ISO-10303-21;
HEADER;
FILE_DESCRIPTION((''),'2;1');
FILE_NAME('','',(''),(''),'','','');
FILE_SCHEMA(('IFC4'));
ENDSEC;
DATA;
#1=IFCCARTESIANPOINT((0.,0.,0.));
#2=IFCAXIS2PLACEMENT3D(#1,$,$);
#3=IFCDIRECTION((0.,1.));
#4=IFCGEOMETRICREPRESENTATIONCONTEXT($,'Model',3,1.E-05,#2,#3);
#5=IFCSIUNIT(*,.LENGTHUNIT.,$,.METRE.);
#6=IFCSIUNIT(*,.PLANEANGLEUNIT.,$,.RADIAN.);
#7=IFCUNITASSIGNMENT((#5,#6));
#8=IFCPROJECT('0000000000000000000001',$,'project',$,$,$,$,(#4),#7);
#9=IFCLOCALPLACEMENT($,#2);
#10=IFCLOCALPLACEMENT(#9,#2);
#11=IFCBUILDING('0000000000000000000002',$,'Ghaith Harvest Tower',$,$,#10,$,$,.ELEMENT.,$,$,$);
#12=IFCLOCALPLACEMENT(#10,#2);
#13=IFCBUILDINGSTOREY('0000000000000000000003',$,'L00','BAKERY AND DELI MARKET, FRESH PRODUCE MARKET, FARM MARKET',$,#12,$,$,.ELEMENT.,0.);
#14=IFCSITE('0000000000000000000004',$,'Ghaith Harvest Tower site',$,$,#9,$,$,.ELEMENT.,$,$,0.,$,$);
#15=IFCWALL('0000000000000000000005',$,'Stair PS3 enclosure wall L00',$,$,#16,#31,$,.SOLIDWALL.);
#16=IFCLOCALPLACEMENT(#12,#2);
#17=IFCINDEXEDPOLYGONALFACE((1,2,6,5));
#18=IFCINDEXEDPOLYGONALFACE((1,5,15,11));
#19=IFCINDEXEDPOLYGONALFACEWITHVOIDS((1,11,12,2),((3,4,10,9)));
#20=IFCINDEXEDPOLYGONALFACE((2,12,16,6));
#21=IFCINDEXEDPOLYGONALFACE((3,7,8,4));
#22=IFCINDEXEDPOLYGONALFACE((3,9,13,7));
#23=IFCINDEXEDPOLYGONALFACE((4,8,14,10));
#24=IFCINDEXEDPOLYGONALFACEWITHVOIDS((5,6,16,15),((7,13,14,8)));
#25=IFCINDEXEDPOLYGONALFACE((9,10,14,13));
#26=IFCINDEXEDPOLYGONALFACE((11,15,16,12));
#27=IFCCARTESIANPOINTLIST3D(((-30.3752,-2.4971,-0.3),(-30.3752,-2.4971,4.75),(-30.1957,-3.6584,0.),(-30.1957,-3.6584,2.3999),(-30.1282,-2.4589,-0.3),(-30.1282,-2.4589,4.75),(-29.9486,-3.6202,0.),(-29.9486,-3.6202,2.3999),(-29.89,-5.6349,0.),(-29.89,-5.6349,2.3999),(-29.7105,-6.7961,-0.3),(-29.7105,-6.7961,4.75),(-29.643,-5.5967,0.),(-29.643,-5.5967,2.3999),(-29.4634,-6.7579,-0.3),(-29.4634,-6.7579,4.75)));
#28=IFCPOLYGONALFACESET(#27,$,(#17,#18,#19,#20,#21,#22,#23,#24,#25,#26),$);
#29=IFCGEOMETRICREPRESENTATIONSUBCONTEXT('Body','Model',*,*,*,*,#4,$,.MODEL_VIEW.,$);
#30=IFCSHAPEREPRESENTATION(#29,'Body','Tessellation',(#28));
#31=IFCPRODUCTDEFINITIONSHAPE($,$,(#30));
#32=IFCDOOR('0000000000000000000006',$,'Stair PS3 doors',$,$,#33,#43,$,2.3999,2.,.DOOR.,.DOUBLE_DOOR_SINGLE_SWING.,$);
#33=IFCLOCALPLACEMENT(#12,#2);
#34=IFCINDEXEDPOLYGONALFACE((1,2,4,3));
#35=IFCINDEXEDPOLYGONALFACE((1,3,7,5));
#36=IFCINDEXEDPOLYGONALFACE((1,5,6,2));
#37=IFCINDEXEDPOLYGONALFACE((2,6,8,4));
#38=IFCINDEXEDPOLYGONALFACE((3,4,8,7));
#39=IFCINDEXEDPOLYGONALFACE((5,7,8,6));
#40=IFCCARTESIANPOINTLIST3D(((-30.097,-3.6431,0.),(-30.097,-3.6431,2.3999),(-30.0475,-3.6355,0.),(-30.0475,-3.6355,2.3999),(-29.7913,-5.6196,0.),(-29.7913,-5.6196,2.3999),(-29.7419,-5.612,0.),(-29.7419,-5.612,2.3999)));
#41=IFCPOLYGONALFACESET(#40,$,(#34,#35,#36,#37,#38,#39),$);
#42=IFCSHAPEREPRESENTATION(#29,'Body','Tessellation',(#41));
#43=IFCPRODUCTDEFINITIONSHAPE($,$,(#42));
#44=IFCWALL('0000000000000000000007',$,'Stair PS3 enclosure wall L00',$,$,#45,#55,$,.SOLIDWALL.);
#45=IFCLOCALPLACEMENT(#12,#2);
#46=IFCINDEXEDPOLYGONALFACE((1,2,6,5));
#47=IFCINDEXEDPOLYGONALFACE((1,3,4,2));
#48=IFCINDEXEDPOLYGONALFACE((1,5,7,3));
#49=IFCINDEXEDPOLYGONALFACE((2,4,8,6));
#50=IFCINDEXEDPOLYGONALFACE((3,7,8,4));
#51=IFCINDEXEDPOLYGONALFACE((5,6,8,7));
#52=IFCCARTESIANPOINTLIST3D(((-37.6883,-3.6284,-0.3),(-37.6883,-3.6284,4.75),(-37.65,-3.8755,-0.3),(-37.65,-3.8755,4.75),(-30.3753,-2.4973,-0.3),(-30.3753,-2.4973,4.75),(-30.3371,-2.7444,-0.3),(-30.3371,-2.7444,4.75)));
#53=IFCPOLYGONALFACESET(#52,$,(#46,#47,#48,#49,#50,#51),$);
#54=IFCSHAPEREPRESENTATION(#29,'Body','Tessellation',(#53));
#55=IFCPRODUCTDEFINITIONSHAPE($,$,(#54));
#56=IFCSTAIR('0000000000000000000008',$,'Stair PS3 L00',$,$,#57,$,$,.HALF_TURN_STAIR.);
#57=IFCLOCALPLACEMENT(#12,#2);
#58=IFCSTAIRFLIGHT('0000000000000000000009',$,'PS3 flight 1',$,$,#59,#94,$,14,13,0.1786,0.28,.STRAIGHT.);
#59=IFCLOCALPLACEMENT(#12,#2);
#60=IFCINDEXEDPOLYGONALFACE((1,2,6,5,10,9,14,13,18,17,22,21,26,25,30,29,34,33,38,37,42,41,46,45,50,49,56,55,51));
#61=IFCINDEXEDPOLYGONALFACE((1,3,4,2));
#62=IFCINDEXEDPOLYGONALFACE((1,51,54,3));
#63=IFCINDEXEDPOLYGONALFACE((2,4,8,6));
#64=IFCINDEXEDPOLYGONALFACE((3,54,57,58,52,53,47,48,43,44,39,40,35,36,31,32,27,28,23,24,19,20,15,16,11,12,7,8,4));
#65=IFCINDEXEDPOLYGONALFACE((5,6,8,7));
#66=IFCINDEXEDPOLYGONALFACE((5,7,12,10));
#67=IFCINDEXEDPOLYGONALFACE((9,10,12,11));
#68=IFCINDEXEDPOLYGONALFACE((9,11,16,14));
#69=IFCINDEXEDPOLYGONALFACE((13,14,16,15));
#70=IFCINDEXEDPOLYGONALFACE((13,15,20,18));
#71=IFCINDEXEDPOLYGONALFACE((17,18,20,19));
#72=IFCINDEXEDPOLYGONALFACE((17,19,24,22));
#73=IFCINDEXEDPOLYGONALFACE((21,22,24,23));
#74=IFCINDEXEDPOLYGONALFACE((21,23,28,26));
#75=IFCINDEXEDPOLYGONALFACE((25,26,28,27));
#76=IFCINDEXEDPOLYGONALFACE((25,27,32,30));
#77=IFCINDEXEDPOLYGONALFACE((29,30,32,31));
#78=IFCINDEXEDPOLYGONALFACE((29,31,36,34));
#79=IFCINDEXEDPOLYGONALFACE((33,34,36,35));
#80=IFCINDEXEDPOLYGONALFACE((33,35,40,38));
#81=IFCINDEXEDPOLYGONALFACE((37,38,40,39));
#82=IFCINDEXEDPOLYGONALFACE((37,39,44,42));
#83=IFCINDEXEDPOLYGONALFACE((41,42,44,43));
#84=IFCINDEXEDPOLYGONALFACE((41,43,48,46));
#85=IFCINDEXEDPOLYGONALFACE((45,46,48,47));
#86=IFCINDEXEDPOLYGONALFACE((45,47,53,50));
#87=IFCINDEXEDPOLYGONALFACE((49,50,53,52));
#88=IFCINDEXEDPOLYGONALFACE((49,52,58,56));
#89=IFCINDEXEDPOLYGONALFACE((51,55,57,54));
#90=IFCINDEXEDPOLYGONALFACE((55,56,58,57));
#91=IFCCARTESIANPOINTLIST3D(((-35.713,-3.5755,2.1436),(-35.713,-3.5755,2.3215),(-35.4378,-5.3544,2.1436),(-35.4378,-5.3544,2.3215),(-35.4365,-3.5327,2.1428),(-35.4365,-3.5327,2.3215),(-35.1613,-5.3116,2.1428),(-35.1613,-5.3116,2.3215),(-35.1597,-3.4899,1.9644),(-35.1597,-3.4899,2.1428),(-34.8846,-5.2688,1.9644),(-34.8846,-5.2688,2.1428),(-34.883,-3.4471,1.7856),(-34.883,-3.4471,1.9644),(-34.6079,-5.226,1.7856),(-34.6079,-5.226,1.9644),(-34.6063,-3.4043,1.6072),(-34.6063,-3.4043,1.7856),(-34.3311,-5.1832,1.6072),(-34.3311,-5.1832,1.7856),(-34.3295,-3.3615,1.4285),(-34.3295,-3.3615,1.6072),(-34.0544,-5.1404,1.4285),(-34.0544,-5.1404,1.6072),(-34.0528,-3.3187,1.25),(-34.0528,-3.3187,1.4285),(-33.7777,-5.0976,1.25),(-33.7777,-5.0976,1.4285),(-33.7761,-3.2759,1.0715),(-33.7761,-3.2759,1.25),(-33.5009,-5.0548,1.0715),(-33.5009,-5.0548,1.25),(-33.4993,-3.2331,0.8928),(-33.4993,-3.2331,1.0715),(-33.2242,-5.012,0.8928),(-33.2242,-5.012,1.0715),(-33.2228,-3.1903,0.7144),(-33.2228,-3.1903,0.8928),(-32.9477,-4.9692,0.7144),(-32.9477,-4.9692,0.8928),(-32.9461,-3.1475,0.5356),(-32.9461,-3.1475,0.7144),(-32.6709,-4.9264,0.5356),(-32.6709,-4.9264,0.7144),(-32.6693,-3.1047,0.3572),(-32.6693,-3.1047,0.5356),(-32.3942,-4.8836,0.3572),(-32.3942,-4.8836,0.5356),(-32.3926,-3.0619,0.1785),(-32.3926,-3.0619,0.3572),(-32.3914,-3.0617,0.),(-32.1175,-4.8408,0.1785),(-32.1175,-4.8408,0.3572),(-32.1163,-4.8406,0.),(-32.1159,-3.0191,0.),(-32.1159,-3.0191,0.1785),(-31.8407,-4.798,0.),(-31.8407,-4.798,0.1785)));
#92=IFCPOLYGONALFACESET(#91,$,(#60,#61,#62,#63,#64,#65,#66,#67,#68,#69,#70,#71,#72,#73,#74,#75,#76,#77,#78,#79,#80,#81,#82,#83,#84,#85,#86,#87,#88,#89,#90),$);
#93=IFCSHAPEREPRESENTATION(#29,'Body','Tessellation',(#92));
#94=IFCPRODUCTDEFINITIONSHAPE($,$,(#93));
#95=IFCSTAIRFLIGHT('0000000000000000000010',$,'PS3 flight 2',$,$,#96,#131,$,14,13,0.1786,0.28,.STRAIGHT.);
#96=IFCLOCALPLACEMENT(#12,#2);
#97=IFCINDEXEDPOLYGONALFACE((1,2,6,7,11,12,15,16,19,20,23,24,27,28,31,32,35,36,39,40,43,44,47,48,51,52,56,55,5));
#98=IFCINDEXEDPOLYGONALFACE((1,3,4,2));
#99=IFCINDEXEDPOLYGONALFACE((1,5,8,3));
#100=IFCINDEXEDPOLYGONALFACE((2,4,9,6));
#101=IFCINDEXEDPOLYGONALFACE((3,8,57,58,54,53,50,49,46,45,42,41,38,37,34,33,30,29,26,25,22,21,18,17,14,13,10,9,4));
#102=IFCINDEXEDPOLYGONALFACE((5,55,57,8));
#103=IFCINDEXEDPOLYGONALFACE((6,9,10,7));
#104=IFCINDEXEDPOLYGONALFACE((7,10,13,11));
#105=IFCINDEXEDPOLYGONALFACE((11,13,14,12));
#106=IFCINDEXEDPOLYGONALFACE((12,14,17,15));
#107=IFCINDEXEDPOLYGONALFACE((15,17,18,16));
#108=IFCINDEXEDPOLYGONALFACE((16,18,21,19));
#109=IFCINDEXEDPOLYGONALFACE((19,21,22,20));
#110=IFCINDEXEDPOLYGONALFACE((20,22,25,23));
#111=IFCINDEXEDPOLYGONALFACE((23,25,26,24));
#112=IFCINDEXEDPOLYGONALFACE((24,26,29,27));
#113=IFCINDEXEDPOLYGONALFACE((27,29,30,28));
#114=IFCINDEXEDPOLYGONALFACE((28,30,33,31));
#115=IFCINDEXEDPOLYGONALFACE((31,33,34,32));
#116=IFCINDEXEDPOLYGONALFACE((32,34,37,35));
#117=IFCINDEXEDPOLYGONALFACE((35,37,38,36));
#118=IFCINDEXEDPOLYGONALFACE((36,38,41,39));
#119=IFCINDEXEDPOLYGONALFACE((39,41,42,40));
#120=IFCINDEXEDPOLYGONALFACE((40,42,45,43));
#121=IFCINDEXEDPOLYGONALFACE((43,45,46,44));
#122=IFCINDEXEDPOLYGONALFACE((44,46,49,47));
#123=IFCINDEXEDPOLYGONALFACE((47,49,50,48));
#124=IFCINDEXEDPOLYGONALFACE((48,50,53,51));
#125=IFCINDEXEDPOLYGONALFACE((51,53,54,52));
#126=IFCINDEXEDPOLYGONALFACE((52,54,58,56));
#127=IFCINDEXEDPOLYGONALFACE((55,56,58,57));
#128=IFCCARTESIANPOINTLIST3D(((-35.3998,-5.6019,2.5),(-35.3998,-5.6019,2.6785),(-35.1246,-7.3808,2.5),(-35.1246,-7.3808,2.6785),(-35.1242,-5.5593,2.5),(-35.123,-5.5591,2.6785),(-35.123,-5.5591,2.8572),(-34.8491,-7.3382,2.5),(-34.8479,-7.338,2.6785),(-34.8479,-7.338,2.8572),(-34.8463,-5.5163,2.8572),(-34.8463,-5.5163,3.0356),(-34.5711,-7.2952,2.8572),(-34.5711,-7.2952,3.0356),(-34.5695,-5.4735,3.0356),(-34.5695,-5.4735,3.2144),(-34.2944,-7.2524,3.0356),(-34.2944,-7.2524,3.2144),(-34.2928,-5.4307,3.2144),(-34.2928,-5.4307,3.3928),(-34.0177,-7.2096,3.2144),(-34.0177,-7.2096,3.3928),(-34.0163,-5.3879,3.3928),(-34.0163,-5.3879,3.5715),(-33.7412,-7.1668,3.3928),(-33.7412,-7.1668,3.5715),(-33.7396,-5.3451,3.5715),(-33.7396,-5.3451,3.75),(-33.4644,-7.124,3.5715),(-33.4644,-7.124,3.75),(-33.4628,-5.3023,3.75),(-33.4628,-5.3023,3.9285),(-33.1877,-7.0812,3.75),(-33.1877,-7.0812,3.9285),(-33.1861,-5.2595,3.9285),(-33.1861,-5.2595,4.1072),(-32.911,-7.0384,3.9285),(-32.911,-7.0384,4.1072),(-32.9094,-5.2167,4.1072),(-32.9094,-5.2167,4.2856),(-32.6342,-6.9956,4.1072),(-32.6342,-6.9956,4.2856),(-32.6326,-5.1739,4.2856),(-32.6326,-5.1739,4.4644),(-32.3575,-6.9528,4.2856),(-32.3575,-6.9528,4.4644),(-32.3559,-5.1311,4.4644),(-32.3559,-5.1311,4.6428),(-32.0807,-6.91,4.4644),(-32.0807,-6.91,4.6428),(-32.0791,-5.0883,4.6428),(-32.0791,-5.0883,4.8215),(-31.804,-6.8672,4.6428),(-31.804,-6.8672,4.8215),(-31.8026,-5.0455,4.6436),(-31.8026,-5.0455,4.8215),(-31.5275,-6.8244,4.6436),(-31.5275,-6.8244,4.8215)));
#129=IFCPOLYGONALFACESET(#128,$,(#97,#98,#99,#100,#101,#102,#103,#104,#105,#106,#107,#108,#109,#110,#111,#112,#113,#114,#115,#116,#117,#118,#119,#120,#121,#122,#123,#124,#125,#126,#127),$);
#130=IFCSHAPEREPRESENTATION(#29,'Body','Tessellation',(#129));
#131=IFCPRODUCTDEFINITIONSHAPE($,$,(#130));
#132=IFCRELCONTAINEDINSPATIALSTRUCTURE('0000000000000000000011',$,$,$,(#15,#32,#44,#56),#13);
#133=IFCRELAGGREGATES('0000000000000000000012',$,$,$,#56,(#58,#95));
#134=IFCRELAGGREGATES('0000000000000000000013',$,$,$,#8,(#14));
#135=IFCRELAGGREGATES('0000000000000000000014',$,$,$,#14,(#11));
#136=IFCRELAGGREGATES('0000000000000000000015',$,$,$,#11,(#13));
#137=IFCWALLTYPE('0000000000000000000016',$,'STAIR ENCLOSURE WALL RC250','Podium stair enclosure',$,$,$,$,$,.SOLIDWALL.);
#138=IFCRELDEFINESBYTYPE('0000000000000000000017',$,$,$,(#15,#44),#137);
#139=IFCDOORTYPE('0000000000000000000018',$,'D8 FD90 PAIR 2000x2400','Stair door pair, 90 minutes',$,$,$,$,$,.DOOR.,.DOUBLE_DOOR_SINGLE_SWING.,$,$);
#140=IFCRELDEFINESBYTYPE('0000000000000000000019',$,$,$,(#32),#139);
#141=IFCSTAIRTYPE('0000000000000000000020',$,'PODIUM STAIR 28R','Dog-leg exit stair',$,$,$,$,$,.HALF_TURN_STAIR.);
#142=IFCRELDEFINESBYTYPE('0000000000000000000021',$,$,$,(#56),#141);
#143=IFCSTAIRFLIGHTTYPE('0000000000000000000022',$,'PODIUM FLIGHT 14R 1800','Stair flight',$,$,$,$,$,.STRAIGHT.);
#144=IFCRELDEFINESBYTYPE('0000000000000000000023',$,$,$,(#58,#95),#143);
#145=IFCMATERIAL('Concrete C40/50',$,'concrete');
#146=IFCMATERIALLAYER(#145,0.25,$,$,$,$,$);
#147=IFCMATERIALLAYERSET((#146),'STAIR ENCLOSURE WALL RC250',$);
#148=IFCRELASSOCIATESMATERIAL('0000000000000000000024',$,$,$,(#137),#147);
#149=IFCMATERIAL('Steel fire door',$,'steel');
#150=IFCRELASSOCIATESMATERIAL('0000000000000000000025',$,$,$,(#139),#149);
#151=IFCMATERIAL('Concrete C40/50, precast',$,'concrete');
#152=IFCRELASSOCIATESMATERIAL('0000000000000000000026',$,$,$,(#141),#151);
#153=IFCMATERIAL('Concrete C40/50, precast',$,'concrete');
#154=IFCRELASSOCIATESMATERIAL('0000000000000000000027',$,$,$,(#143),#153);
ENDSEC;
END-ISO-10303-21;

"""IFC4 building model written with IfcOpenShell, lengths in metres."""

from ifc_helpers import new_model, si_unit, direction, frame, frame_2d, origin, place, context, subcontext, project, spatial, polyline, rectangle, outline, extrude, material, layer, layer_set, type_object, element, fill, aggregate, save


model = new_model("IFC4")

# Units and contexts
model_context = context("Model", 3, precision=1e-05, world=origin(), true_north=direction((0.0, 1.0)))
body_context = subcontext(model_context, "Body", "Model", "MODEL_VIEW")
ifc_project = project(units=[si_unit("LENGTHUNIT", "METRE"), si_unit("PLANEANGLEUNIT", "RADIAN")], contexts=[model_context])

# Site, building, storey
site_placement = place(None, origin())
site = spatial("IfcSite", under=ifc_project, at=site_placement, Name="Ghaith Harvest Tower site", CompositionType="ELEMENT", RefElevation=0.0)
building_placement = place(site_placement, origin())
building = spatial("IfcBuilding", under=site, at=building_placement, Name="Ghaith Harvest Tower", CompositionType="ELEMENT")
storey_placement = place(building_placement, origin())
storey = spatial("IfcBuildingStorey", under=building, at=storey_placement, Name="L00", Description="BAKERY AND DELI MARKET, FRESH PRODUCE MARKET, FARM MARKET", CompositionType="ELEMENT", Elevation=0.0)

# Wall, opening, door
ifc_material_1 = material(Name="Concrete C40/50", Category="concrete")
ifc_layer_1 = layer(ifc_material_1, 0.25)
ifc_layer_set_1 = layer_set([ifc_layer_1], Name="STAIR ENCLOSURE WALL RC250")
wall_type = type_object("IfcWallType", Name="STAIR ENCLOSURE WALL RC250", Description="Podium stair enclosure", PredefinedType="SOLIDWALL", material=ifc_layer_set_1)
wall_1_placement = place(storey_placement, frame((-30.2517, -2.478, -0.3), z_axis=(0.0, 0.0, 1.0), x_axis=(0.15282, -0.988254, 0.0)))
wall_1 = element("IfcWall", 1, at=wall_1_placement, inside=storey, type_object=wall_type, Name="Stair PS3 enclosure wall L00", PredefinedType="SOLIDWALL", context=body_context, shape_type="SweptSolid", body=[
    extrude(rectangle(XDim=4.3501, YDim=0.25, at=frame_2d((2.175, 0.0))), origin(), (0.0, 0.0, 1.0), 5.05),
])
opening_placement = place(wall_1_placement, frame((1.175, 0.0, 0.3)))
opening = element("IfcOpeningElement", 2, at=opening_placement, cuts=wall_1, PredefinedType="OPENING", context=body_context, shape_type="SweptSolid", body=[
    extrude(rectangle(XDim=2.0, YDim=2.3999, at=frame_2d((1.0, 1.2))), frame((0.0, 0.135, 0.0), z_axis=(0.0, -1.0, 0.0), x_axis=(1.0, 0.0, 0.0)), (0.0, 0.0, 1.0), 0.27),
])
ifc_material_2 = material(Name="Steel fire door", Category="steel")
door_type = type_object("IfcDoorType", Name="D8 FD90 PAIR 2000x2400", Description="Stair door pair, 90 minutes", OperationType="DOUBLE_DOOR_SINGLE_SWING", PredefinedType="DOOR", material=ifc_material_2)
door_placement = place(opening_placement, origin())
door = element("IfcDoor", 3, at=door_placement, inside=storey, type_object=door_type, Name="Stair PS3 doors", OperationType="DOUBLE_DOOR_SINGLE_SWING", OverallHeight=2.3999, OverallWidth=2.0, PredefinedType="DOOR", context=body_context, shape_type="SweptSolid", body=[
    extrude(rectangle(XDim=2.0, YDim=2.3999, at=frame_2d((1.0, 1.2))), frame((0.0, 0.0249, 0.0), z_axis=(0.0, -1.0, 0.0), x_axis=(1.0, 0.0, 0.0)), (0.0, 0.0, 1.0), 0.05),
])
fill(opening, door)

# Wall
wall_2_placement = place(storey_placement, frame((-30.3562, -2.6208, -0.3), z_axis=(0.0, 0.0, 1.0), x_axis=(-0.988249, -0.152853, 0.0)))
element("IfcWall", 4, at=wall_2_placement, inside=storey, type_object=wall_type, Name="Stair PS3 enclosure wall L00", PredefinedType="SOLIDWALL", context=body_context, shape_type="SweptSolid", body=[
    extrude(rectangle(XDim=7.3999, YDim=0.25, at=frame_2d((3.7, 0.0))), origin(), (0.0, 0.0, 1.0), 5.05),
])

# Stair, stair flights
ifc_material_3 = material(Name="Concrete C40/50, precast", Category="concrete")
stair_type = type_object("IfcStairType", Name="PODIUM STAIR 28R", Description="Dog-leg exit stair", PredefinedType="HALF_TURN_STAIR", material=ifc_material_3)
stair_placement = place(storey_placement, origin())
stair = element("IfcStair", 5, at=stair_placement, inside=storey, type_object=stair_type, Name="Stair PS3 L00", PredefinedType="HALF_TURN_STAIR")
ifc_material_4 = material(Name="Concrete C40/50, precast", Category="concrete")
stair_flight_type = type_object("IfcStairFlightType", Name="PODIUM FLIGHT 14R 1800", Description="Stair flight", PredefinedType="STRAIGHT", material=ifc_material_4)
stair_flight_1_placement = place(storey_placement, frame((-31.9783, -3.9087, 0.0), z_axis=(0.0, 0.0, 1.0), x_axis=(-0.988249, -0.152851, 0.0)))
stair_flight_1 = element("IfcStairFlight", 6, at=stair_flight_1_placement, type_object=stair_flight_type, Name="PS3 flight 1", NumberOfRisers=14, NumberOfTreads=13, PredefinedType="STRAIGHT", RiserHeight=0.1786, TreadLength=0.28, context=body_context, shape_type="SweptSolid", body=[
    extrude(outline(polyline([(0.0, 0.0), (0.0, 0.1785), (0.28, 0.1785), (0.28, 0.3572), (0.5601, 0.3572), (0.5601, 0.5356), (0.8401, 0.5356), (0.8401, 0.7144), (1.1201, 0.7144), (1.1201, 0.8928), (1.3999, 0.8928), (1.3999, 1.0715), (1.6799, 1.0715), (1.6799, 1.25), (1.96, 1.25), (1.96, 1.4285), (2.24, 1.4285), (2.24, 1.6072), (2.52, 1.6072), (2.52, 1.7856), (2.8, 1.7856), (2.8, 1.9644), (3.0801, 1.9644), (3.0801, 2.1428), (3.3601, 2.1428), (3.3601, 2.3215), (3.6399, 2.3215), (3.6399, 2.5), (3.6399, 2.1436), (0.2788, 0.0), (0.0, 0.0)])), frame((0.0, 0.8999, 0.0), z_axis=(0.0, -1.0, 0.0), x_axis=(1.0, 0.0, 0.0)), (0.0, 0.0, 1.0), 1.8),
])
stair_flight_2_placement = place(storey_placement, frame((-35.2622, -6.4912, 2.5), z_axis=(0.0, 0.0, 1.0), x_axis=(0.988249, 0.152851, 0.0)))
stair_flight_2 = element("IfcStairFlight", 7, at=stair_flight_2_placement, type_object=stair_flight_type, Name="PS3 flight 2", NumberOfRisers=14, NumberOfTreads=13, PredefinedType="STRAIGHT", RiserHeight=0.1786, TreadLength=0.28, context=body_context, shape_type="SweptSolid", body=[
    extrude(outline(polyline([(0.0, 0.0), (0.0, 0.1785), (0.28, 0.1785), (0.28, 0.3572), (0.5601, 0.3572), (0.5601, 0.5356), (0.8401, 0.5356), (0.8401, 0.7144), (1.1201, 0.7144), (1.1201, 0.8928), (1.3999, 0.8928), (1.3999, 1.0715), (1.6799, 1.0715), (1.6799, 1.25), (1.96, 1.25), (1.96, 1.4285), (2.24, 1.4285), (2.24, 1.6072), (2.52, 1.6072), (2.52, 1.7856), (2.8, 1.7856), (2.8, 1.9644), (3.0801, 1.9644), (3.0801, 2.1428), (3.3601, 2.1428), (3.3601, 2.3215), (3.6399, 2.3215), (3.6399, 2.5), (3.6399, 2.1436), (0.2788, 0.0), (0.0, 0.0)])), frame((0.0, 0.8999, 0.0), z_axis=(0.0, -1.0, 0.0), x_axis=(1.0, 0.0, 0.0)), (0.0, 0.0, 1.0), 1.8),
])
aggregate(stair, [stair_flight_1, stair_flight_2])

save(model, "model.ifc")
